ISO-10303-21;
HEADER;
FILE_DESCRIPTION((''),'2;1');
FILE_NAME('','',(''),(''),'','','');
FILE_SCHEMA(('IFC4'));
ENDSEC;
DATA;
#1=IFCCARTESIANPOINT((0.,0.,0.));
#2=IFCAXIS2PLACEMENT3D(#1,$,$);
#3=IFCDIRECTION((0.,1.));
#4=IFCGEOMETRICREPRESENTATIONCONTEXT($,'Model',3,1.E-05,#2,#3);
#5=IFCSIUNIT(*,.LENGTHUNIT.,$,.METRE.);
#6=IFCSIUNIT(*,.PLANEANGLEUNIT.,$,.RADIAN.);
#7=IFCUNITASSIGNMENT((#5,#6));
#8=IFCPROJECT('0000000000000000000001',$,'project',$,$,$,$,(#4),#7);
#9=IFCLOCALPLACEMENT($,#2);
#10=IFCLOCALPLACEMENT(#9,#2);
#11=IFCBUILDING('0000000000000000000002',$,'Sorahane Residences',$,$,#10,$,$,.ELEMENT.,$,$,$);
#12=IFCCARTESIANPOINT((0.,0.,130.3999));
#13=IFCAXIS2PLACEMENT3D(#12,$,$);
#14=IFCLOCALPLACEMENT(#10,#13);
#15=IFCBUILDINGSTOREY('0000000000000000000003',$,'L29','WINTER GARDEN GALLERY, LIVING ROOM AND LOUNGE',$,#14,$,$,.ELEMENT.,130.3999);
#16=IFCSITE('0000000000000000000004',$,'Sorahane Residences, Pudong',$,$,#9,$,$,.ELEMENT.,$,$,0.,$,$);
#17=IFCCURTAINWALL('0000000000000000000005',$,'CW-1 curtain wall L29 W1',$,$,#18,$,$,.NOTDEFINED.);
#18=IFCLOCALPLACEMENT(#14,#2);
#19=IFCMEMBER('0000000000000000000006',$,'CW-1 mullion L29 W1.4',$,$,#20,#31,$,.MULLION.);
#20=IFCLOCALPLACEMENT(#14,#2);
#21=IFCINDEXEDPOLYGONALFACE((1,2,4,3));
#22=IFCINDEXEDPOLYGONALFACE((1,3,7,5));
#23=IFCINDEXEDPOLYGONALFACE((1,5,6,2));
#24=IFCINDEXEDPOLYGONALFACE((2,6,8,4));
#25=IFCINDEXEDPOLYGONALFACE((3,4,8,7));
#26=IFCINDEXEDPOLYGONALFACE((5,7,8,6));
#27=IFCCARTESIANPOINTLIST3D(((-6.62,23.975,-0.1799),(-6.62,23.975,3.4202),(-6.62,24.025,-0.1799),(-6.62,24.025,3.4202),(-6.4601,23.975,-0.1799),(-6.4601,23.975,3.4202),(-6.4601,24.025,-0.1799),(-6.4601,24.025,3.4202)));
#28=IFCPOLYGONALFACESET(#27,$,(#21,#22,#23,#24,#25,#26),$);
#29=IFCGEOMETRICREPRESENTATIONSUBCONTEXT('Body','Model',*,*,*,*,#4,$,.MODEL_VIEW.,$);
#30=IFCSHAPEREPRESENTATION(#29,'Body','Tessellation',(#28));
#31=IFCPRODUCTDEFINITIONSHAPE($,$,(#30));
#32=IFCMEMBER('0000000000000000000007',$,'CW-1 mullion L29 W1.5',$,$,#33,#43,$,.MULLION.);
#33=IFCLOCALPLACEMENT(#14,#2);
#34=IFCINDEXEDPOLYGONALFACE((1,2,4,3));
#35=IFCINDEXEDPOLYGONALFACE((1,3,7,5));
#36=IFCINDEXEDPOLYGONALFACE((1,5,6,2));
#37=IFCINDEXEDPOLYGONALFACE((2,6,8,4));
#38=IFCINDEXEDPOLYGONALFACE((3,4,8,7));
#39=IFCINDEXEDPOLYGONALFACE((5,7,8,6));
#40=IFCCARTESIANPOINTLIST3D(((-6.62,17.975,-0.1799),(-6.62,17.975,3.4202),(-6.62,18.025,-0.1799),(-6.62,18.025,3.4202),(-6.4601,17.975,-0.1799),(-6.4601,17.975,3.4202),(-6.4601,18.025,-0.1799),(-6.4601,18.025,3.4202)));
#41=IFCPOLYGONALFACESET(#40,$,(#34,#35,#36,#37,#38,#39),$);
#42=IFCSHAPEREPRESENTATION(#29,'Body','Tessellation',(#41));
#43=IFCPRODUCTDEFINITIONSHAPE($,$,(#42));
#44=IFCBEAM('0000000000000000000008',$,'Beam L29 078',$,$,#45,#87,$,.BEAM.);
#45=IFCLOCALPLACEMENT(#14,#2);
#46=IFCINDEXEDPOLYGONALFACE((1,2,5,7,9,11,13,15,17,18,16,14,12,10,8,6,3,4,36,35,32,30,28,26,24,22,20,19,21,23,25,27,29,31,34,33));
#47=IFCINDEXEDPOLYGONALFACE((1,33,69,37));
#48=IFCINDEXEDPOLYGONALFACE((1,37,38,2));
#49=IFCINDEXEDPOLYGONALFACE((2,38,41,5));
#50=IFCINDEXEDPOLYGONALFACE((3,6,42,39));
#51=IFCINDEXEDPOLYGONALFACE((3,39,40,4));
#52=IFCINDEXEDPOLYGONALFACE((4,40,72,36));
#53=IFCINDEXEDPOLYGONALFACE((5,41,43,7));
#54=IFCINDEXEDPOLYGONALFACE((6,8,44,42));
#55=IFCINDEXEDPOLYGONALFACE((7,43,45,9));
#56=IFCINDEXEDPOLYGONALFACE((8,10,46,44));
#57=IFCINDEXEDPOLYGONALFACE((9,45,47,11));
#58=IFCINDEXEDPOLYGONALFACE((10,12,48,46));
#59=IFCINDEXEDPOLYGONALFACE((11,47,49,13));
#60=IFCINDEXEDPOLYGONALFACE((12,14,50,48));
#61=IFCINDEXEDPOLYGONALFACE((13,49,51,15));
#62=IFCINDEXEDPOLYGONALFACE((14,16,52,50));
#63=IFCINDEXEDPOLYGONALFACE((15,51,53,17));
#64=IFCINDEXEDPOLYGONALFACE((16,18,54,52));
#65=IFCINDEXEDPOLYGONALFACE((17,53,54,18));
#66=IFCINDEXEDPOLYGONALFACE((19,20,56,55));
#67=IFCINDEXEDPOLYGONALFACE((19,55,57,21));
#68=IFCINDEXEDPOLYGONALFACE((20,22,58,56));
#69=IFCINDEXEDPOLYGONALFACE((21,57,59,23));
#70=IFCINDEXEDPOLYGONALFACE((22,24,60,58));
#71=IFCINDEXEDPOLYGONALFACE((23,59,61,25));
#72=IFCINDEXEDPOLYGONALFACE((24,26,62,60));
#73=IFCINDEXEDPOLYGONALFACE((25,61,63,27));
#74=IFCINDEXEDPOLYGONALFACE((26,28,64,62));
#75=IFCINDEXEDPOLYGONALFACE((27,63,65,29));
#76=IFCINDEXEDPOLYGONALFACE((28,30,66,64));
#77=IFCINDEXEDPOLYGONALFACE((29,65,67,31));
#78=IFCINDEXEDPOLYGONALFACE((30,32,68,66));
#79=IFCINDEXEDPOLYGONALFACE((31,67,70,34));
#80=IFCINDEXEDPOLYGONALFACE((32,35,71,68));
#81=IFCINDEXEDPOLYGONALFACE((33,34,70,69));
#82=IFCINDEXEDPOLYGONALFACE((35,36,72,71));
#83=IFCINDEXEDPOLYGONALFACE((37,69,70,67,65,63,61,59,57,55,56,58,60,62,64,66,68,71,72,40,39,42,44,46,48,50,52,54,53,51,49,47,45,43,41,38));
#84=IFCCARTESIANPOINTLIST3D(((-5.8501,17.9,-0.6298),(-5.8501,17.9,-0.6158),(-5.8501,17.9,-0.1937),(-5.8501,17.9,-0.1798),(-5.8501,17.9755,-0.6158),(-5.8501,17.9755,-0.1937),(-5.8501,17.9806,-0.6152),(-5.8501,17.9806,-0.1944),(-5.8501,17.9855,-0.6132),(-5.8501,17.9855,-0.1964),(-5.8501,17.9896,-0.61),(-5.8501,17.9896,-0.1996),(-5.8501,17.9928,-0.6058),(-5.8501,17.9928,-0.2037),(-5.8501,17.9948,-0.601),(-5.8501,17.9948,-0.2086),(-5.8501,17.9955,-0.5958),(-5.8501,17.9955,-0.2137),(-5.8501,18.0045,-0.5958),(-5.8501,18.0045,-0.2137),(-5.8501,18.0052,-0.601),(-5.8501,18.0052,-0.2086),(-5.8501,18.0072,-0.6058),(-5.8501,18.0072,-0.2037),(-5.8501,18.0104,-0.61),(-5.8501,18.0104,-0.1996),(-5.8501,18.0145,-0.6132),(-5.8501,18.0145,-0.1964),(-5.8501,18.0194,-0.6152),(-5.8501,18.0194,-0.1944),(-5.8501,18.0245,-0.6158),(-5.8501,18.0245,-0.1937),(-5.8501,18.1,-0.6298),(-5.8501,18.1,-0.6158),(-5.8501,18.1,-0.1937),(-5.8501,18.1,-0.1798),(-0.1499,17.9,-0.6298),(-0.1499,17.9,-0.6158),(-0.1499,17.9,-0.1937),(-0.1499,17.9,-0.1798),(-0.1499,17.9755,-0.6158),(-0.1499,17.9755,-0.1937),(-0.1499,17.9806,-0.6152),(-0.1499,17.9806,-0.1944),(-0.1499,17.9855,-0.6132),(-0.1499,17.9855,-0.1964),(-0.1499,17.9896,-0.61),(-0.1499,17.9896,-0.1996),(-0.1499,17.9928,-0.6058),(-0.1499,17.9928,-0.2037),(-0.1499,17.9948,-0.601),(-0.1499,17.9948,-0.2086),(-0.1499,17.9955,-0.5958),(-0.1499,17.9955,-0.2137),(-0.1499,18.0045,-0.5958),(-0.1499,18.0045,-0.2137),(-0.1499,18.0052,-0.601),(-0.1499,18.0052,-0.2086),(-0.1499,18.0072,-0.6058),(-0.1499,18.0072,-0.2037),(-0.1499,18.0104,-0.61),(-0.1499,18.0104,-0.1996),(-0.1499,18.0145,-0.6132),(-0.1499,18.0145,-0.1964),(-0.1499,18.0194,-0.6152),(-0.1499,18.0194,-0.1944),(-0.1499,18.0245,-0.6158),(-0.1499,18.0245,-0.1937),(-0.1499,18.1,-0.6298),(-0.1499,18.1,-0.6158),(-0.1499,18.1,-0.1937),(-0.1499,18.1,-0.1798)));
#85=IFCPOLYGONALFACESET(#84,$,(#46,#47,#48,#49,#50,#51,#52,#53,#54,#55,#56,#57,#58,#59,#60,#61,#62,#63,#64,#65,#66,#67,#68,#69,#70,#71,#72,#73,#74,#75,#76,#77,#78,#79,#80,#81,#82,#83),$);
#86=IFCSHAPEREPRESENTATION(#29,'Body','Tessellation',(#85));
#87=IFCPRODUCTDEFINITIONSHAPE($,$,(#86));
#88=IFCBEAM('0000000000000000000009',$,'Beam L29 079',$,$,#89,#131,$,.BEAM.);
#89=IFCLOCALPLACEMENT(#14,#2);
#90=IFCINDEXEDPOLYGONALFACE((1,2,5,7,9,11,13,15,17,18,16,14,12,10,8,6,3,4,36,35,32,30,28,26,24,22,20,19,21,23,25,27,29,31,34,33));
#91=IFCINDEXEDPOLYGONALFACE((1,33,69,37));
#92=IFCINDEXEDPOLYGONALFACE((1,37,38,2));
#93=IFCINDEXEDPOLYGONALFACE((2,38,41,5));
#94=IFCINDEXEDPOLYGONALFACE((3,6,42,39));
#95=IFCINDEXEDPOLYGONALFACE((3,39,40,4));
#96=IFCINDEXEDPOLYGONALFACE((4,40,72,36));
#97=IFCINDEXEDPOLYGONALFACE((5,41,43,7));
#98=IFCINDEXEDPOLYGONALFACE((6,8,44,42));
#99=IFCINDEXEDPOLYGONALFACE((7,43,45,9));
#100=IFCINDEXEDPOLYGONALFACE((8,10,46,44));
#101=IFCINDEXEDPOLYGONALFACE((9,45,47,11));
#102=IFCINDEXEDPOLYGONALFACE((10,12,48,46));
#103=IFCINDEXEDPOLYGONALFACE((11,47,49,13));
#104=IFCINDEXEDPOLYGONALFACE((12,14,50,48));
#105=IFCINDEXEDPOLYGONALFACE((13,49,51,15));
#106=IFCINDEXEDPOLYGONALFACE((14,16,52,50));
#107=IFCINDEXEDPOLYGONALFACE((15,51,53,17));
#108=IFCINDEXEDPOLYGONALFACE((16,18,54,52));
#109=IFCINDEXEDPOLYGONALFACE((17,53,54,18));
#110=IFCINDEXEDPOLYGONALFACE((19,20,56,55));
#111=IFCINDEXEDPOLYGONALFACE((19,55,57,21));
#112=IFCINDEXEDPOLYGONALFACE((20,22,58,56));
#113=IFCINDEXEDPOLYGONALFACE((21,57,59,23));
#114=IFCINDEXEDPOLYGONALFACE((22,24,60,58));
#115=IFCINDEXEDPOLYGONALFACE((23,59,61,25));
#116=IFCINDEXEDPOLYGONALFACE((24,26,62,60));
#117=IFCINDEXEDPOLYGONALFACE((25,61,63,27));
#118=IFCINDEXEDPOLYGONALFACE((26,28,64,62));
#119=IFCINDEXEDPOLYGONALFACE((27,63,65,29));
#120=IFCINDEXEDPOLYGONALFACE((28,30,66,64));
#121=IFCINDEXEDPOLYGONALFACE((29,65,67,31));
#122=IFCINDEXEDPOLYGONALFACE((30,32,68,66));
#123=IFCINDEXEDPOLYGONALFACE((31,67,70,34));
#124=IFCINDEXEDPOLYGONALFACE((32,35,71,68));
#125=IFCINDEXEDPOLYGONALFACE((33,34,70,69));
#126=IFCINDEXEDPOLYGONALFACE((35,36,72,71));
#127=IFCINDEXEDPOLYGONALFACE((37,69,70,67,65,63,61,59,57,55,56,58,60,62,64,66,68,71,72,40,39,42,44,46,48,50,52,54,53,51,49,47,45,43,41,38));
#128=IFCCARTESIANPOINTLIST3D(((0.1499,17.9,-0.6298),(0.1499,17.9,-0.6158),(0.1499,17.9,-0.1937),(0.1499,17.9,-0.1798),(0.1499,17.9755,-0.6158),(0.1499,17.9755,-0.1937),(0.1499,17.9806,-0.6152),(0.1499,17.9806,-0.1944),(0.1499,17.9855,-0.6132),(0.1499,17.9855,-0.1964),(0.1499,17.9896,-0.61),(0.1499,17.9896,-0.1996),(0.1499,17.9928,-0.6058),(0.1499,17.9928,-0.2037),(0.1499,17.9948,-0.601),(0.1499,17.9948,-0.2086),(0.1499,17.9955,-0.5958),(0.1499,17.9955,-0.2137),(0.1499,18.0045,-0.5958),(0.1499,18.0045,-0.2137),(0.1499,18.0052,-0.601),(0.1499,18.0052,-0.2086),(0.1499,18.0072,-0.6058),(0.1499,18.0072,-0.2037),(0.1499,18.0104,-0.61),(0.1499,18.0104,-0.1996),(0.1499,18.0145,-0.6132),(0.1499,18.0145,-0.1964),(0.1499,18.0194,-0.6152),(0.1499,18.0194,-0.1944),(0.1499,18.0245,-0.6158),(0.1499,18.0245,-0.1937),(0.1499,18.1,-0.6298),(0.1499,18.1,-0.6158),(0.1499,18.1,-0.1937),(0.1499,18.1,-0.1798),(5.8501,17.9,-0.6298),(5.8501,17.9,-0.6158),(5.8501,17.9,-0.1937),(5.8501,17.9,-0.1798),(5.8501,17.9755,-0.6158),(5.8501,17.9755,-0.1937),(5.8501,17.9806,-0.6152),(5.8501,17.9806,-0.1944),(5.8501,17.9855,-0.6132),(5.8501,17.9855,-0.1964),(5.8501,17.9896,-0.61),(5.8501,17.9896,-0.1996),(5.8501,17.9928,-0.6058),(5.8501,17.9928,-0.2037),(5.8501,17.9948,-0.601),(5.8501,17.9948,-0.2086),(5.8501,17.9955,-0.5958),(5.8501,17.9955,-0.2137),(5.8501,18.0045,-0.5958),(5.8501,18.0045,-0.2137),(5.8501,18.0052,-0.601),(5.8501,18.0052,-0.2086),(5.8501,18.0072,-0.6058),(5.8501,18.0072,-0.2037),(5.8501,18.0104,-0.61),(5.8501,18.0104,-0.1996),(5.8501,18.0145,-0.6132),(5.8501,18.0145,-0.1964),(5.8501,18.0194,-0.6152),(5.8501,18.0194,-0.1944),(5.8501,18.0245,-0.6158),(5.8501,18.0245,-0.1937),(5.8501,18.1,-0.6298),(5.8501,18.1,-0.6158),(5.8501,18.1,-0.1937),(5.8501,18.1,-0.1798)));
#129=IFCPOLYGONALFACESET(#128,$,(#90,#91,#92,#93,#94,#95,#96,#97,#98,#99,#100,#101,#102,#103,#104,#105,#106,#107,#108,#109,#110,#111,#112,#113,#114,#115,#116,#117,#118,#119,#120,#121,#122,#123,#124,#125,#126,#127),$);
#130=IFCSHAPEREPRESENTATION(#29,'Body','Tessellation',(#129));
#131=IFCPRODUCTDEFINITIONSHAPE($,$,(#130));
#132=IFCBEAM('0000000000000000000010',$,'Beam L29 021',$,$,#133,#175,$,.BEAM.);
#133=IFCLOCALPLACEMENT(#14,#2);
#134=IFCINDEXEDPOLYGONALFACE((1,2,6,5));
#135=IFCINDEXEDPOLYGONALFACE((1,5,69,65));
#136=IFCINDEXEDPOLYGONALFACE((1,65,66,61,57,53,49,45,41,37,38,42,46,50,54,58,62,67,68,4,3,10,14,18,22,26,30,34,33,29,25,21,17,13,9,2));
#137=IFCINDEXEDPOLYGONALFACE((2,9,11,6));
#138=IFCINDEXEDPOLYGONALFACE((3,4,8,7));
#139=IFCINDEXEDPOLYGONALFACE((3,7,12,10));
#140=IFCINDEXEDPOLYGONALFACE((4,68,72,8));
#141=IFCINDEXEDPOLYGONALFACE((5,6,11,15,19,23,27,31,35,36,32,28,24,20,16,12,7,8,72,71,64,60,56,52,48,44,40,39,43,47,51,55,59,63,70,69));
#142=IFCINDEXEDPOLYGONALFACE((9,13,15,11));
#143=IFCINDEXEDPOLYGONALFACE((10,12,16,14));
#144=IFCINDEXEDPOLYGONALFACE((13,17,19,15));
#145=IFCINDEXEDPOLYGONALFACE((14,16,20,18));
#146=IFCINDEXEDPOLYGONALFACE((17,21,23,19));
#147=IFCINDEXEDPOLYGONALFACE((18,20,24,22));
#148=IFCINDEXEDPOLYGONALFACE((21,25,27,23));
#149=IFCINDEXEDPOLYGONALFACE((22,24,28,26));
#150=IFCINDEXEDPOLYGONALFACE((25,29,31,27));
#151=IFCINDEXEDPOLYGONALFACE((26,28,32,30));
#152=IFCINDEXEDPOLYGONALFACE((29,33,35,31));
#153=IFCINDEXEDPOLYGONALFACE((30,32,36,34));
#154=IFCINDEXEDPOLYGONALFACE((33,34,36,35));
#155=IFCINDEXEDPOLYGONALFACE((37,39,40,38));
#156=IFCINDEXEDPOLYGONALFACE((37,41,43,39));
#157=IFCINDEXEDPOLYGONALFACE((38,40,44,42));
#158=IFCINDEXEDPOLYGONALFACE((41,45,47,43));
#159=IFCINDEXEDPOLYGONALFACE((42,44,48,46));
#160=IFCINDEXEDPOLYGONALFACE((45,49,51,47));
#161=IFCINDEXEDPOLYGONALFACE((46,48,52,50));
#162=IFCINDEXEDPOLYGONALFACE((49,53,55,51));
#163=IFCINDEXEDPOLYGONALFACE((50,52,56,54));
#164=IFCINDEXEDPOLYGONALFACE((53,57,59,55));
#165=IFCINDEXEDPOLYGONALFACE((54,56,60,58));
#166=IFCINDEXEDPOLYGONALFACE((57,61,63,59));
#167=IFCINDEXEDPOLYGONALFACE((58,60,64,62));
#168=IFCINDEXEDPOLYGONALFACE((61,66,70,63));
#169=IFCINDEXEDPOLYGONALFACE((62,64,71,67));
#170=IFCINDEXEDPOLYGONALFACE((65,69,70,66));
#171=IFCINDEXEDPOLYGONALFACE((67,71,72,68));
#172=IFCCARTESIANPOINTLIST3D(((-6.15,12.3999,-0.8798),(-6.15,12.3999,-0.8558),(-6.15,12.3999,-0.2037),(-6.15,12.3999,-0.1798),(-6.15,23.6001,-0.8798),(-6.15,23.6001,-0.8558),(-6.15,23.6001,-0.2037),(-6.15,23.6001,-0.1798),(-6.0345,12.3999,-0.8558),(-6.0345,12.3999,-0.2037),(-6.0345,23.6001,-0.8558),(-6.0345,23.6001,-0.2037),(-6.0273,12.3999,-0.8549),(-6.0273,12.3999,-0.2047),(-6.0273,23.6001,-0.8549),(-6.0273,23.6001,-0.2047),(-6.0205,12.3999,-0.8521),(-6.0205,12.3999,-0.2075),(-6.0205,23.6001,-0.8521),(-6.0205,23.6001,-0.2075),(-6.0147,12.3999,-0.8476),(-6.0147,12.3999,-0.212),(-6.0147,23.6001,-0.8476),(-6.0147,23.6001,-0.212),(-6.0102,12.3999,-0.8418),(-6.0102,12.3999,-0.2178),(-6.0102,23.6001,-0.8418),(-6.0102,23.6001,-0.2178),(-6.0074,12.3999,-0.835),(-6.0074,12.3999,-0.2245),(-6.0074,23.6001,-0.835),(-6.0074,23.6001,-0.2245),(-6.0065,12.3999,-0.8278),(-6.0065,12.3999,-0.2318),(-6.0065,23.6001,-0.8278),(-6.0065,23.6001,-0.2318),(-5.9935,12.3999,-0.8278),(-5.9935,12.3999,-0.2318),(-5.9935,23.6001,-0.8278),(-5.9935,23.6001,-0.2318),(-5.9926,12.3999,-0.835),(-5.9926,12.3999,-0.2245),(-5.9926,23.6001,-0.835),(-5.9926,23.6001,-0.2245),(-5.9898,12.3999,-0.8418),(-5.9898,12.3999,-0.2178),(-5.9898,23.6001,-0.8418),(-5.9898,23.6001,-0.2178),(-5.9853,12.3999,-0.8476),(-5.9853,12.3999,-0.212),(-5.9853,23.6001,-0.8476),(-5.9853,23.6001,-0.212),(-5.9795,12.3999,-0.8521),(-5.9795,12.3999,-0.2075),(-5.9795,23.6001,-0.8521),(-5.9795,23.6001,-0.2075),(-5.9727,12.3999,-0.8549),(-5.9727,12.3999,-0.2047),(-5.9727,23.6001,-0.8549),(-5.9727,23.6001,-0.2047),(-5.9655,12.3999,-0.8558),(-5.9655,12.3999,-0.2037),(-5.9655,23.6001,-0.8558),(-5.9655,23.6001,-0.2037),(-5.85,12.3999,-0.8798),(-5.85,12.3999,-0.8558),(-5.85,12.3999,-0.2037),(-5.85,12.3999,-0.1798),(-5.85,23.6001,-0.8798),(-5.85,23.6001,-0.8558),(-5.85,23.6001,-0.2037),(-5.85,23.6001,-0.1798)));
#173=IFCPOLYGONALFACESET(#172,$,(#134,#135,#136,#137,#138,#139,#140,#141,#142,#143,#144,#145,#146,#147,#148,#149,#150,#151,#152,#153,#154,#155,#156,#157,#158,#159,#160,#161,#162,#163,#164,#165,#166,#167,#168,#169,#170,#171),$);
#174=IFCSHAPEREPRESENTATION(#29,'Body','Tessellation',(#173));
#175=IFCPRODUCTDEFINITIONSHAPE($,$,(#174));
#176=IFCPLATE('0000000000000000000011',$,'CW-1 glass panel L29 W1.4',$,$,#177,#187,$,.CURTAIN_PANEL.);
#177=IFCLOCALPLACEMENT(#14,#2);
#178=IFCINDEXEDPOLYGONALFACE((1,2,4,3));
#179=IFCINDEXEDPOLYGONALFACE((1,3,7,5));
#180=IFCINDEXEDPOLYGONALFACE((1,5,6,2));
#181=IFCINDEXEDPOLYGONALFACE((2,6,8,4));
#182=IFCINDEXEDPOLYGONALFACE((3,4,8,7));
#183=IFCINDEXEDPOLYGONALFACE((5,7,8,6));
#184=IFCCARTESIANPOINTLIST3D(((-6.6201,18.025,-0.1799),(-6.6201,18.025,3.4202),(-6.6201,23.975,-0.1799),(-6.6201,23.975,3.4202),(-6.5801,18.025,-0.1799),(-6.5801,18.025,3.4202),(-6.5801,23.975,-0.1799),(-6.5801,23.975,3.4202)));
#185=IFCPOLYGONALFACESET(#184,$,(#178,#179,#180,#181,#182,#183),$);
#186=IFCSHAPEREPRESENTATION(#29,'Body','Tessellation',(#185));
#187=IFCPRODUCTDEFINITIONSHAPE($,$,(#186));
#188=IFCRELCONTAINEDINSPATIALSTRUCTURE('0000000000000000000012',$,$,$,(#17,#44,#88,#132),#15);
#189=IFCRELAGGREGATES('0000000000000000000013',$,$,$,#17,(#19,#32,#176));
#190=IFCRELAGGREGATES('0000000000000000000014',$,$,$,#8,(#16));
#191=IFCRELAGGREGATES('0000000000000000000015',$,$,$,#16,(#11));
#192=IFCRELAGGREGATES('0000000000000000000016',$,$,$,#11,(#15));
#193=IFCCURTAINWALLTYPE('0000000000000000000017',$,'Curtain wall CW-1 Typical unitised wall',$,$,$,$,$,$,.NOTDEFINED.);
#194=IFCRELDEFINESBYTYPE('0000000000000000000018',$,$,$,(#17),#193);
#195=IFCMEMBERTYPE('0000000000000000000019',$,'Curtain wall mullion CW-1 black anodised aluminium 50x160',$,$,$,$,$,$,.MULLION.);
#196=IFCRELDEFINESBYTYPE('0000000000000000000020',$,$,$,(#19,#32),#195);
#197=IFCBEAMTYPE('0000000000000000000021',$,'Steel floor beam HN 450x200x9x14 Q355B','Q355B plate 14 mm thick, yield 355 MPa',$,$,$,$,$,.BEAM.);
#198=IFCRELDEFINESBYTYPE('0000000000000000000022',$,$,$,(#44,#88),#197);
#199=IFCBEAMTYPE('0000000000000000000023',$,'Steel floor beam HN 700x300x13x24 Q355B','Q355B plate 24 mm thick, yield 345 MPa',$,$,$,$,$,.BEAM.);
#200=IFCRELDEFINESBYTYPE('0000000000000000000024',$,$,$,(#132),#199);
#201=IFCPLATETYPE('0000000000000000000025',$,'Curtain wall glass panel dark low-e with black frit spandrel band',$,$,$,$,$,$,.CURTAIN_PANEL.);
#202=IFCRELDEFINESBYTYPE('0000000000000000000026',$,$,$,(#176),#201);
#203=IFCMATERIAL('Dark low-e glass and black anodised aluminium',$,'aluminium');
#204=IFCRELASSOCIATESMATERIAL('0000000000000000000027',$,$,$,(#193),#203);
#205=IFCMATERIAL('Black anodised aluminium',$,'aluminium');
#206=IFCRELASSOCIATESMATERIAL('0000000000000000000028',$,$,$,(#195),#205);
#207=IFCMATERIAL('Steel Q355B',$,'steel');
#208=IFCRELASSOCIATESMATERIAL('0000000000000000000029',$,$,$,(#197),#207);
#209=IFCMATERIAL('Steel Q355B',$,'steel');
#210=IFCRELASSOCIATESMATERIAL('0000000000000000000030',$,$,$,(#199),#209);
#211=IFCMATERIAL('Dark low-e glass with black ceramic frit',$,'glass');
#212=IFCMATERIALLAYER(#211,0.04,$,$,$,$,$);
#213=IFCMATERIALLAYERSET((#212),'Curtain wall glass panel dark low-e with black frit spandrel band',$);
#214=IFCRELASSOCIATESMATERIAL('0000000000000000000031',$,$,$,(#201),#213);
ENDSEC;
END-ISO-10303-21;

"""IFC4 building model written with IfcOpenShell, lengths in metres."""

from ifc_helpers import new_model, si_unit, direction, frame, origin, origin_2d, place, context, subcontext, project, spatial, rectangle, i_section, extrude, material, layer, layer_set, material_profile, profile_set, type_object, element, aggregate, save


model = new_model("IFC4")

# Units and contexts
model_context = context("Model", 3, precision=1e-05, world=origin(), true_north=direction((0.0, 1.0)))
body_context = subcontext(model_context, "Body", "Model", "MODEL_VIEW")
ifc_project = project(units=[si_unit("LENGTHUNIT", "METRE"), si_unit("PLANEANGLEUNIT", "RADIAN")], contexts=[model_context])

# Site, building, storey
site_placement = place(None, origin())
site = spatial("IfcSite", under=ifc_project, at=site_placement, Name="Sorahane Residences, Pudong", CompositionType="ELEMENT", RefElevation=0.0)
building_placement = place(site_placement, origin())
building = spatial("IfcBuilding", under=site, at=building_placement, Name="Sorahane Residences", CompositionType="ELEMENT")
storey_placement = place(building_placement, frame((0.0, 0.0, 130.3999)))
storey = spatial("IfcBuildingStorey", under=building, at=storey_placement, Name="L29", Description="WINTER GARDEN GALLERY, LIVING ROOM AND LOUNGE", CompositionType="ELEMENT", Elevation=130.3999)

# Curtain wall, members
ifc_material_1 = material(Name="Dark low-e glass and black anodised aluminium", Category="aluminium")
curtain_wall_type = type_object("IfcCurtainWallType", Name="Curtain wall CW-1 Typical unitised wall", PredefinedType="NOTDEFINED", material=ifc_material_1)
curtain_wall_placement = place(storey_placement, origin())
curtain_wall = element("IfcCurtainWall", 1, at=curtain_wall_placement, inside=storey, type_object=curtain_wall_type, Name="CW-1 curtain wall L29 W1", PredefinedType="NOTDEFINED")
ifc_material_2 = material(Name="Black anodised aluminium", Category="aluminium")
ifc_material_profile_1 = material_profile(ifc_material_2, rectangle(XDim=0.1599, YDim=0.05, at=origin_2d()), Name="Curtain wall mullion CW-1 black anodised aluminium 50x160")
ifc_profile_set_1 = profile_set([ifc_material_profile_1], Name="Black anodised aluminium")
member_type = type_object("IfcMemberType", Name="Curtain wall mullion CW-1 black anodised aluminium 50x160", PredefinedType="MULLION", material=ifc_profile_set_1)
member_1_placement = place(storey_placement, frame((-6.54, 24.0, -0.1799), z_axis=(0.0, 0.0, 1.0), x_axis=(-1.0, 0.0, 0.0)))
member_1 = element("IfcMember", 2, at=member_1_placement, type_object=member_type, Name="CW-1 mullion L29 W1.4", PredefinedType="MULLION", context=body_context, shape_type="SweptSolid", body=[
    extrude(rectangle(XDim=0.1599, YDim=0.05, at=origin_2d()), origin(), (0.0, 0.0, 1.0), 3.6001),
])
member_2_placement = place(storey_placement, frame((-6.54, 18.0, -0.1799), z_axis=(0.0, 0.0, 1.0), x_axis=(-1.0, 0.0, 0.0)))
member_2 = element("IfcMember", 3, at=member_2_placement, type_object=member_type, Name="CW-1 mullion L29 W1.5", PredefinedType="MULLION", context=body_context, shape_type="SweptSolid", body=[
    extrude(rectangle(XDim=0.1599, YDim=0.05, at=origin_2d()), origin(), (0.0, 0.0, 1.0), 3.6001),
])

# Beams
ifc_material_3 = material(Name="Steel Q355B", Category="steel")
ifc_material_profile_2 = material_profile(ifc_material_3, i_section(OverallWidth=0.2, OverallDepth=0.45, WebThickness=0.009, FlangeThickness=0.0139, FilletRadius=0.02, at=origin_2d()), Name="HN 450x200x9x14")
ifc_profile_set_2 = profile_set([ifc_material_profile_2], Name="Steel Q355B")
beam_type_1 = type_object("IfcBeamType", Name="Steel floor beam HN 450x200x9x14 Q355B", Description="Q355B plate 14 mm thick, yield 355 MPa", PredefinedType="BEAM", material=ifc_profile_set_2)
for number, where, z_axis, x_axis, name in (
    (4, (-5.8501, 18.0, -0.4048), (1.0, 0.0, 0.0), (0.0, 1.0, 0.0), "Beam L29 078"),
    (5, (0.1499, 18.0, -0.4048), (1.0, 0.0, 0.0), (0.0, 1.0, 0.0), "Beam L29 079"),
):
    element("IfcBeam", number, at=place(storey_placement, frame(where, z_axis=z_axis, x_axis=x_axis)), inside=storey, type_object=beam_type_1, Name=name, PredefinedType="BEAM", context=body_context, shape_type="SweptSolid", body=[
        extrude(i_section(OverallWidth=0.2, OverallDepth=0.45, WebThickness=0.009, FlangeThickness=0.0139, FilletRadius=0.02, at=origin_2d()), origin(), (0.0, 0.0, 1.0), 5.7002),
    ])
ifc_material_4 = material(Name="Steel Q355B", Category="steel")
ifc_material_profile_3 = material_profile(ifc_material_4, i_section(OverallWidth=0.3, OverallDepth=0.7, WebThickness=0.0129, FlangeThickness=0.0239, FilletRadius=0.0281, at=origin_2d()), Name="HN 700x300x13x24")
ifc_profile_set_3 = profile_set([ifc_material_profile_3], Name="Steel Q355B")
beam_type_2 = type_object("IfcBeamType", Name="Steel floor beam HN 700x300x13x24 Q355B", Description="Q355B plate 24 mm thick, yield 345 MPa", PredefinedType="BEAM", material=ifc_profile_set_3)
beam_placement = place(storey_placement, frame((-6.0, 12.3999, -0.5298), z_axis=(0.0, 1.0, 0.0), x_axis=(-1.0, 0.0, 0.0)))
element("IfcBeam", 6, at=beam_placement, inside=storey, type_object=beam_type_2, Name="Beam L29 021", PredefinedType="BEAM", context=body_context, shape_type="SweptSolid", body=[
    extrude(i_section(OverallWidth=0.3, OverallDepth=0.7, WebThickness=0.0129, FlangeThickness=0.0239, FilletRadius=0.0281, at=origin_2d()), origin(), (0.0, 0.0, 1.0), 11.2002),
])

# Plate
ifc_material_5 = material(Name="Dark low-e glass with black ceramic frit", Category="glass")
ifc_layer_1 = layer(ifc_material_5, 0.04)
ifc_layer_set_1 = layer_set([ifc_layer_1], Name="Curtain wall glass panel dark low-e with black frit spandrel band")
plate_type = type_object("IfcPlateType", Name="Curtain wall glass panel dark low-e with black frit spandrel band", PredefinedType="CURTAIN_PANEL", material=ifc_layer_set_1)
plate_1_placement = place(storey_placement, frame((-6.6001, 21.0, -0.1799), z_axis=(0.0, 0.0, 1.0), x_axis=(0.0, -1.0, 0.0)))
plate_1 = element("IfcPlate", 7, at=plate_1_placement, type_object=plate_type, Name="CW-1 glass panel L29 W1.4", PredefinedType="CURTAIN_PANEL", context=body_context, shape_type="SweptSolid", body=[
    extrude(rectangle(XDim=5.95, YDim=0.04, at=origin_2d()), origin(), (0.0, 0.0, 1.0), 3.6001),
])
aggregate(curtain_wall, [member_1, member_2, plate_1])

save(model, "model.ifc")
